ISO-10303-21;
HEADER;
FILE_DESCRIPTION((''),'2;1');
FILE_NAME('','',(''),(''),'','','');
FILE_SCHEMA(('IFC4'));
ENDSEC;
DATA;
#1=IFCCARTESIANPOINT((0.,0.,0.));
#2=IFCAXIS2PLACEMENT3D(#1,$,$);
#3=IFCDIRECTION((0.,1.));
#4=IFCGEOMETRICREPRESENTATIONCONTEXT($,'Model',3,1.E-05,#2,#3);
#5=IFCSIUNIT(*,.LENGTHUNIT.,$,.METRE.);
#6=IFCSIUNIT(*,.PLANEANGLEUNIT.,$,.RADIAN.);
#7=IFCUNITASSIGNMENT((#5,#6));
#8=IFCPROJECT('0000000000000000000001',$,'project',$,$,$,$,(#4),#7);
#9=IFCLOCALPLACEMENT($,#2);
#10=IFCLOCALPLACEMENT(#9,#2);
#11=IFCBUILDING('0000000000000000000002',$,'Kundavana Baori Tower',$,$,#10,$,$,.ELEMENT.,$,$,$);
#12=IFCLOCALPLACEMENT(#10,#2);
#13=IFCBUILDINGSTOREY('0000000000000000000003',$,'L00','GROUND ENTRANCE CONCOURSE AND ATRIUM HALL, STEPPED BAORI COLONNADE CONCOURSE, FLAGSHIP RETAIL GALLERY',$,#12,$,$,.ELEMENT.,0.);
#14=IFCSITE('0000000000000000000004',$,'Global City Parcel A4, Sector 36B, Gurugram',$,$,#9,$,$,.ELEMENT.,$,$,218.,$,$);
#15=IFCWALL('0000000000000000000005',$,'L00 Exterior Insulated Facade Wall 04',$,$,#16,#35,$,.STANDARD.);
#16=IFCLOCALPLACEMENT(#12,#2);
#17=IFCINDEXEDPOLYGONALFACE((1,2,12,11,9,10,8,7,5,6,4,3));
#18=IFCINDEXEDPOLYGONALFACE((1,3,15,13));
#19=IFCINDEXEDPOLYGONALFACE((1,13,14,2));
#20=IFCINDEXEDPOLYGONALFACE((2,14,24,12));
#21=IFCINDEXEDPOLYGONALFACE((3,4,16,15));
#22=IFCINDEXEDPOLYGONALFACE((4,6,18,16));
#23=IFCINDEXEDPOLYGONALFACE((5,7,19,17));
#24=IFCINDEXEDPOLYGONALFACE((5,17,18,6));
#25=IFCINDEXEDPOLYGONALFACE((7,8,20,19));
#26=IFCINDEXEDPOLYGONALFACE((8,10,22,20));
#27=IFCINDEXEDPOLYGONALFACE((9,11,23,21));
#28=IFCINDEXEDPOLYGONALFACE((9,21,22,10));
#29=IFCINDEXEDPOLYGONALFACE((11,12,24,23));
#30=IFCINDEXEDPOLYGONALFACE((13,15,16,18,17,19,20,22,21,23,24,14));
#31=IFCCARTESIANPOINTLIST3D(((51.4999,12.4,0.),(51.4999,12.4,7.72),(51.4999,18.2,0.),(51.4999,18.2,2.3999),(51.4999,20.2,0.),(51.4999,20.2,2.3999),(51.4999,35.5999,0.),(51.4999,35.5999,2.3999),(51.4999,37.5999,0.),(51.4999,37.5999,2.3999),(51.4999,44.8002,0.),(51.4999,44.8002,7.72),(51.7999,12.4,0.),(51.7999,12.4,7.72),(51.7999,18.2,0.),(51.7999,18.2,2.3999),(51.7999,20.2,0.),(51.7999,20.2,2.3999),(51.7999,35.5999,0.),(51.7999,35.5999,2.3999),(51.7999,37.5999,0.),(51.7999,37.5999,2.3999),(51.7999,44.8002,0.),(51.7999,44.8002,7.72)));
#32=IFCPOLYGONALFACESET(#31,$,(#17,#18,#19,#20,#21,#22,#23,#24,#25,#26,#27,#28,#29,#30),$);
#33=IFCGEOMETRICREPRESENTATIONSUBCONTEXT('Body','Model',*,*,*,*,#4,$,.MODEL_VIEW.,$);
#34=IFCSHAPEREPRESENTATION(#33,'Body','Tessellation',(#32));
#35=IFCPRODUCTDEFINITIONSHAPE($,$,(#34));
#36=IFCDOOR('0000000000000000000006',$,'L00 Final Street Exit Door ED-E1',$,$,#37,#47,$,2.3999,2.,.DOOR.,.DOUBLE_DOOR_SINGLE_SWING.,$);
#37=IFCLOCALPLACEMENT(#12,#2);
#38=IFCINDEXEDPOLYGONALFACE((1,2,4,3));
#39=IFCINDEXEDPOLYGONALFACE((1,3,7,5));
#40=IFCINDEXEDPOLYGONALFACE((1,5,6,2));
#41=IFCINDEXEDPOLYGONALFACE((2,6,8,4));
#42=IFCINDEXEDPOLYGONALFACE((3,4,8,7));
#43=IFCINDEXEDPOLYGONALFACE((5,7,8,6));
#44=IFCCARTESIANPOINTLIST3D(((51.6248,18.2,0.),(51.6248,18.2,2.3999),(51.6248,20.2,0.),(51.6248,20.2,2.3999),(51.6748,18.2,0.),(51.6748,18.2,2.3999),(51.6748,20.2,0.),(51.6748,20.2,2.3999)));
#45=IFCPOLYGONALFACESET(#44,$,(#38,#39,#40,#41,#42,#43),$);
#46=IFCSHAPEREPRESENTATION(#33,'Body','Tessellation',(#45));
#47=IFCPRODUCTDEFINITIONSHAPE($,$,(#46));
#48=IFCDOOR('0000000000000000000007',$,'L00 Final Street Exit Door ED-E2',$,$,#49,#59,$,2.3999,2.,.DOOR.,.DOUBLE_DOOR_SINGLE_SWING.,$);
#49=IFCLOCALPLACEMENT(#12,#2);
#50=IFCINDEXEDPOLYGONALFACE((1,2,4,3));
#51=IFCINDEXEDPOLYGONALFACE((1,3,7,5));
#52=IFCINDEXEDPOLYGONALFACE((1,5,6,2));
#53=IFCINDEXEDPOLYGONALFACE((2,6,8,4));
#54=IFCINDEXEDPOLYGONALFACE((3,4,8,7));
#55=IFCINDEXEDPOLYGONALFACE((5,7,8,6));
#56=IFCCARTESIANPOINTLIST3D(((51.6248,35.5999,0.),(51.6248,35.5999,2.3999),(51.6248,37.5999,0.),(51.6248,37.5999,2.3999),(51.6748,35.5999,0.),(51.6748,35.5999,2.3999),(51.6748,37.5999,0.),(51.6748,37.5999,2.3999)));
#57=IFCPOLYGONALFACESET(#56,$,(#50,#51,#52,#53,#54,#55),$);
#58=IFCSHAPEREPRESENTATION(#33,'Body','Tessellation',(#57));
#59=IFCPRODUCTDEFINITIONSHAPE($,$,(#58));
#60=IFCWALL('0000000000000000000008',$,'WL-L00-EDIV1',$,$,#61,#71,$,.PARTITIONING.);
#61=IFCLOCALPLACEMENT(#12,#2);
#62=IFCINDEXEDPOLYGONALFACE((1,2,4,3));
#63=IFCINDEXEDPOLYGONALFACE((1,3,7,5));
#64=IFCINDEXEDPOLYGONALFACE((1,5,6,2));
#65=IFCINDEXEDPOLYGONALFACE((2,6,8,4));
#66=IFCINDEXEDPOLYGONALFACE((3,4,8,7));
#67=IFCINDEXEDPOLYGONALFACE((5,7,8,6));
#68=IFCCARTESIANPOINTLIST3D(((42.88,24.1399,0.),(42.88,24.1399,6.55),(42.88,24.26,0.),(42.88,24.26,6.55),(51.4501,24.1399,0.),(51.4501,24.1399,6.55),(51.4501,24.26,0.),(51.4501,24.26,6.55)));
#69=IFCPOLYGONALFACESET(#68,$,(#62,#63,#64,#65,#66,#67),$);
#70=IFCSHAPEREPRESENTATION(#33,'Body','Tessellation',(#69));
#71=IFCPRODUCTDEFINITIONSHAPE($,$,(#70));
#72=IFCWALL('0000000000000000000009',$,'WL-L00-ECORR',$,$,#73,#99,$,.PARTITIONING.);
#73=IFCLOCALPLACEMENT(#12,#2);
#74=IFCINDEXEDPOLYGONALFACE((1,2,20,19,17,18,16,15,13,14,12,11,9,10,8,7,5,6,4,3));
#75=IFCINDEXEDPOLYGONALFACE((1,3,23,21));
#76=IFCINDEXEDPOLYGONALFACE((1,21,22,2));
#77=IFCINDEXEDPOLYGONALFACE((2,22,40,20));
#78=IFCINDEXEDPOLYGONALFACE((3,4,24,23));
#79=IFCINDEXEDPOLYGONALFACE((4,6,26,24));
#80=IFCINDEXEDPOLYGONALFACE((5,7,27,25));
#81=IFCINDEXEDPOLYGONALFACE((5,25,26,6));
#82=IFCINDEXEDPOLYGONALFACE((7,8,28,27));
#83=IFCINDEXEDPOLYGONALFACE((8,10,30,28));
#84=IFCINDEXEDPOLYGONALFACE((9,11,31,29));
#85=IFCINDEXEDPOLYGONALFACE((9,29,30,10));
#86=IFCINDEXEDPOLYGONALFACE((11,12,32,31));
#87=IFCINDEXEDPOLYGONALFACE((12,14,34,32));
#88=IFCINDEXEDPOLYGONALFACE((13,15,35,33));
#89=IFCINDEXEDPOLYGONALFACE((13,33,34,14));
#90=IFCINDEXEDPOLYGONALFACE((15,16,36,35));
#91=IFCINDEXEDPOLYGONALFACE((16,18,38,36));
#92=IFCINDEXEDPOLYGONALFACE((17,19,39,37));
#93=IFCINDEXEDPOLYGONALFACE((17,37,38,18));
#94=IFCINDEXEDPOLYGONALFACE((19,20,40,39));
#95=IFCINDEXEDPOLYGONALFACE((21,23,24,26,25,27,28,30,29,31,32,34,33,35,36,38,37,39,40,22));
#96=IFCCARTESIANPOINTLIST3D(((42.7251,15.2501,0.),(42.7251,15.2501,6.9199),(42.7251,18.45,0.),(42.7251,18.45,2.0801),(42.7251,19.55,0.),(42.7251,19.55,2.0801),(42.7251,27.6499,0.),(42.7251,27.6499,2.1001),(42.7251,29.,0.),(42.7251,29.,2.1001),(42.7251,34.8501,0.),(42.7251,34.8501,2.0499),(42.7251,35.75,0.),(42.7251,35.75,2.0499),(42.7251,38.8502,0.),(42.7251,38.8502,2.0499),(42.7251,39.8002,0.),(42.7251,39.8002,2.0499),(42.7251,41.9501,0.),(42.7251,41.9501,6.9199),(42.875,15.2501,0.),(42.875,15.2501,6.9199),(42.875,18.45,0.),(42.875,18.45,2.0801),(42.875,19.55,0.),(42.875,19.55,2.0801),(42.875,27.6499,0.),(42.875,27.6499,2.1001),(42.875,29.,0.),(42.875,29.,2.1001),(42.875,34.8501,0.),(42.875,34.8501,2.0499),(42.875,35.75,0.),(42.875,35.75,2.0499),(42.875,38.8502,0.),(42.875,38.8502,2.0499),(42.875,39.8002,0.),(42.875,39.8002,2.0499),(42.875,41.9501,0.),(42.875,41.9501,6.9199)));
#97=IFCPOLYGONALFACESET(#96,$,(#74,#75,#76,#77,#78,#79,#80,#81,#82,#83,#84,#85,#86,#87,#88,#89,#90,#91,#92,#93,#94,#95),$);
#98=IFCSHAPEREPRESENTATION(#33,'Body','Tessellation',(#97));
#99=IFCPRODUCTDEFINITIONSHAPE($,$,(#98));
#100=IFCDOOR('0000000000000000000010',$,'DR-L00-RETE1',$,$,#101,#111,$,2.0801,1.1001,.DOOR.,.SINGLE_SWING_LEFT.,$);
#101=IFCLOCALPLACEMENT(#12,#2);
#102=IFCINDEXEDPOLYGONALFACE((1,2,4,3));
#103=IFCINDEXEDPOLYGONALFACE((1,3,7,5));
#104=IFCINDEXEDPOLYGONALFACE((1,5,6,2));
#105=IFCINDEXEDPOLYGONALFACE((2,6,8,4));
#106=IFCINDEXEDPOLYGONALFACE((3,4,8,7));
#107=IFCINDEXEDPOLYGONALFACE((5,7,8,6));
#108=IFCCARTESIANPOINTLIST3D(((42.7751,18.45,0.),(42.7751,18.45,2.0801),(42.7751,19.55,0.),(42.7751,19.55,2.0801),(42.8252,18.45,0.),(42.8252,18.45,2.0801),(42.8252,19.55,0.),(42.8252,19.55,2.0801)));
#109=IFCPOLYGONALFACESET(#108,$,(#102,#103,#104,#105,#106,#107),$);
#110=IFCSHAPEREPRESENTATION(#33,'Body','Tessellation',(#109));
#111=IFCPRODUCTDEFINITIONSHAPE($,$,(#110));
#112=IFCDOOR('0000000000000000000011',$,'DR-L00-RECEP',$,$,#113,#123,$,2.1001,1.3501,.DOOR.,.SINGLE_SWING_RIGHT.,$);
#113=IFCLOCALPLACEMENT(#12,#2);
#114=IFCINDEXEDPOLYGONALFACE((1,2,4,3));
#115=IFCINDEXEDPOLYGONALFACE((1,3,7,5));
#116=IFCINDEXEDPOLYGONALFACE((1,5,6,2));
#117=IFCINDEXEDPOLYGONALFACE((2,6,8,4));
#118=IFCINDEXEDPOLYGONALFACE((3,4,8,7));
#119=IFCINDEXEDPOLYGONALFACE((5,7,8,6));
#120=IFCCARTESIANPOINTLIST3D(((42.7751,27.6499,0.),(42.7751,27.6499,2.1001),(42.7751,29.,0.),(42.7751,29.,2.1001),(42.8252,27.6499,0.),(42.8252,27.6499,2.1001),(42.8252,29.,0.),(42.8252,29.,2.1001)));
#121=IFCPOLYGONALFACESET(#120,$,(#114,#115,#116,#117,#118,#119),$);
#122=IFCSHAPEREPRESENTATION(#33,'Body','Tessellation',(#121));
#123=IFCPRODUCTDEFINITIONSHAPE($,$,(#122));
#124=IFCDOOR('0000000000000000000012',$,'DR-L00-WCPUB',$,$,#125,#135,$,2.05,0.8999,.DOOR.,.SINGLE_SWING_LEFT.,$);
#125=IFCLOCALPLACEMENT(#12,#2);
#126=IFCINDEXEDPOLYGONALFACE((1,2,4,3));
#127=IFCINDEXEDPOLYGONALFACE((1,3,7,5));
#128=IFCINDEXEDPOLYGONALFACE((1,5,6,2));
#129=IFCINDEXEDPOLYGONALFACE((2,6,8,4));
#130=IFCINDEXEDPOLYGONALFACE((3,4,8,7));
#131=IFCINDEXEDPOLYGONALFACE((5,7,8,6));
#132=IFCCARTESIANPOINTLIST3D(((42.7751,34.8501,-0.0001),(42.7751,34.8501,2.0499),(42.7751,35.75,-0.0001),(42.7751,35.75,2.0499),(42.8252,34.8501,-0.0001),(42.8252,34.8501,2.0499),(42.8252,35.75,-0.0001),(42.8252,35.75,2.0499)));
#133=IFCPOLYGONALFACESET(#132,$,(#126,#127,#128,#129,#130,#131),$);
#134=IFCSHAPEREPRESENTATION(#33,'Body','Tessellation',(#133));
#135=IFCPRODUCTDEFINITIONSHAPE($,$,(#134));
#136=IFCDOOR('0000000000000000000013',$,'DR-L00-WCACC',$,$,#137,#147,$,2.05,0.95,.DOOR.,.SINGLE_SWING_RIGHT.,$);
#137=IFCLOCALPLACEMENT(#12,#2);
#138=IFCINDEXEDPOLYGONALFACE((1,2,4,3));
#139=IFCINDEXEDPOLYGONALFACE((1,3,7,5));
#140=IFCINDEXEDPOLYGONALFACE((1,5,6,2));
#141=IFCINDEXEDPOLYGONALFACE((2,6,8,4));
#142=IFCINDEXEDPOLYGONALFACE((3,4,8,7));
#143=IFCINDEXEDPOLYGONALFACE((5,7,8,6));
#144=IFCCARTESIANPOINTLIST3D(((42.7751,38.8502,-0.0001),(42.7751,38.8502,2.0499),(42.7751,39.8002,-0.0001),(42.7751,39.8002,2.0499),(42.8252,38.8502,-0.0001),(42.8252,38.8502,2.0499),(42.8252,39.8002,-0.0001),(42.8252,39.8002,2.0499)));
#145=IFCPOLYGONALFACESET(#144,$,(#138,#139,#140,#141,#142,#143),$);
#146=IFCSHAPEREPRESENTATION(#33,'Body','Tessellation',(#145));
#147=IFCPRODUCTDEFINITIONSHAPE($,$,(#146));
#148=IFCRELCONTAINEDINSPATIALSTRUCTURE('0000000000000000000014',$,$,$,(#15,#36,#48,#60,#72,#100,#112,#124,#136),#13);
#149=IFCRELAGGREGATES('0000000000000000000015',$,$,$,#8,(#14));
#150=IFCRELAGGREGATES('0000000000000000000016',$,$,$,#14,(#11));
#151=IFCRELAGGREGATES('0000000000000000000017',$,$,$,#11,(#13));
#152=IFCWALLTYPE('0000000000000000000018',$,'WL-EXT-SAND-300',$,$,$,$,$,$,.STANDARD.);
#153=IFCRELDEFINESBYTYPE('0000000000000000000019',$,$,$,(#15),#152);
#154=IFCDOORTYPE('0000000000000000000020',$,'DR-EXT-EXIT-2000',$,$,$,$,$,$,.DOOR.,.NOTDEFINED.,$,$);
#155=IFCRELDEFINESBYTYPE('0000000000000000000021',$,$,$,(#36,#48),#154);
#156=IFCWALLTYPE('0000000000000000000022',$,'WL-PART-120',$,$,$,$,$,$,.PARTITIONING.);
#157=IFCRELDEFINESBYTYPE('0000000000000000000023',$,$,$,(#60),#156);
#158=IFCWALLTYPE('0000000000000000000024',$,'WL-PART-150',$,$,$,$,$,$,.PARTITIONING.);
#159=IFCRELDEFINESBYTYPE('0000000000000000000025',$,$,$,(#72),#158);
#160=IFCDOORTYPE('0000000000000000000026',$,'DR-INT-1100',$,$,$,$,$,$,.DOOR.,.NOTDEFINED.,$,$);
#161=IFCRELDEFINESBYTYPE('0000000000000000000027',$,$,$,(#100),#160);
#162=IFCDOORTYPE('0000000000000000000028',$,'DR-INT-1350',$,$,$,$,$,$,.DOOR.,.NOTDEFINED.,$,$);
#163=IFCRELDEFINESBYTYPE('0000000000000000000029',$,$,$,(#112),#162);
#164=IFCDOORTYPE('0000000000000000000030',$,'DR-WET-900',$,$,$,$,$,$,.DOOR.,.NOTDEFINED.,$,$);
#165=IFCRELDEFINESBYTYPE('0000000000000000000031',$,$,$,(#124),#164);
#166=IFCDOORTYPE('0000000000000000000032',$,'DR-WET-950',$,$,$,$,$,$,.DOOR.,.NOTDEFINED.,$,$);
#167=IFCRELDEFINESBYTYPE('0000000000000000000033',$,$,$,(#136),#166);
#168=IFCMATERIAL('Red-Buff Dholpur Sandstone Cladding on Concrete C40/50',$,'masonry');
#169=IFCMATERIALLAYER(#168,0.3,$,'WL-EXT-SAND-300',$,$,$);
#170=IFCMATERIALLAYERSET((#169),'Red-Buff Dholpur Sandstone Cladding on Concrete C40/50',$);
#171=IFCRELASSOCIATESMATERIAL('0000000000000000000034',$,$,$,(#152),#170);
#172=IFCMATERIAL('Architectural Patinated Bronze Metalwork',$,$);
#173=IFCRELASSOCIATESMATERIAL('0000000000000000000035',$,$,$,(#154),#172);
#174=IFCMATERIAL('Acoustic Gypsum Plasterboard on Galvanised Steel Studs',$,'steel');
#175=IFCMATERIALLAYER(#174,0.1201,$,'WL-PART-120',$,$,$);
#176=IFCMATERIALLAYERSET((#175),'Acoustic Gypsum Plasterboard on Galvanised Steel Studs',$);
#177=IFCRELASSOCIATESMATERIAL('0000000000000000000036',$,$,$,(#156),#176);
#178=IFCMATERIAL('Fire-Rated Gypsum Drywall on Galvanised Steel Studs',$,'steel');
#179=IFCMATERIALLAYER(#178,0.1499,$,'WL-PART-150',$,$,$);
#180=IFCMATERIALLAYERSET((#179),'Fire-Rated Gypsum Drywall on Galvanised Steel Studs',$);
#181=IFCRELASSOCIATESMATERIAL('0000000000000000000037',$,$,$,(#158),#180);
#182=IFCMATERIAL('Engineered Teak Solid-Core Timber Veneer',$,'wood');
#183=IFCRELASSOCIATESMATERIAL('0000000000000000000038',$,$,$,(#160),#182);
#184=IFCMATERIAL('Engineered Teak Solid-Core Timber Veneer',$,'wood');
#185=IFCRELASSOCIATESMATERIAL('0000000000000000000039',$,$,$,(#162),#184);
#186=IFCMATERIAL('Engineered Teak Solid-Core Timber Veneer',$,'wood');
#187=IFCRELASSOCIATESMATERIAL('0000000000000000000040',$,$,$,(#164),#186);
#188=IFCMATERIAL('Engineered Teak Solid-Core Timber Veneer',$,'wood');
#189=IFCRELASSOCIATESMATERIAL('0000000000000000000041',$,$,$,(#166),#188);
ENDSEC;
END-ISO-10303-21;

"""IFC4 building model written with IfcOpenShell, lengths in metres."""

from ifc_helpers import new_model, si_unit, direction, frame, frame_2d, origin, place, context, subcontext, project, spatial, rectangle, extrude, material, layer, layer_set, type_object, element, fill, save


model = new_model("IFC4")

# Units and contexts
model_context = context("Model", 3, precision=1e-05, world=origin(), true_north=direction((0.0, 1.0)))
body_context = subcontext(model_context, "Body", "Model", "MODEL_VIEW")
ifc_project = project(units=[si_unit("LENGTHUNIT", "METRE"), si_unit("PLANEANGLEUNIT", "RADIAN")], contexts=[model_context])

# Site, building, storey
site_placement = place(None, origin())
site = spatial("IfcSite", under=ifc_project, at=site_placement, Name="Global City Parcel A4, Sector 36B, Gurugram", CompositionType="ELEMENT", RefElevation=218.0)
building_placement = place(site_placement, origin())
building = spatial("IfcBuilding", under=site, at=building_placement, Name="Kundavana Baori Tower", CompositionType="ELEMENT")
storey_placement = place(building_placement, origin())
storey = spatial("IfcBuildingStorey", under=building, at=storey_placement, Name="L00", Description="GROUND ENTRANCE CONCOURSE AND ATRIUM HALL, STEPPED BAORI COLONNADE CONCOURSE, FLAGSHIP RETAIL GALLERY", CompositionType="ELEMENT", Elevation=0.0)

# Shared definitions
ifc_material_1 = material(Name="Red-Buff Dholpur Sandstone Cladding on Concrete C40/50", Category="masonry")
ifc_layer_1 = layer(ifc_material_1, 0.3, Name="WL-EXT-SAND-300")
ifc_layer_set_1 = layer_set([ifc_layer_1], Name="Red-Buff Dholpur Sandstone Cladding on Concrete C40/50")
wall_type_1 = type_object("IfcWallType", Name="WL-EXT-SAND-300", PredefinedType="STANDARD", material=ifc_layer_set_1)

# Wall, openings, doors
wall_1_placement = place(storey_placement, frame((51.6499, 12.3999, 0.0), z_axis=(0.0, 0.0, 1.0), x_axis=(0.0, 1.0, 0.0)))
wall_1 = element("IfcWall", 1, at=wall_1_placement, inside=storey, type_object=wall_type_1, Name="L00 Exterior Insulated Facade Wall 04", PredefinedType="STANDARD", context=body_context, shape_type="SweptSolid", body=[
    extrude(rectangle(XDim=32.4001, YDim=0.3, at=frame_2d((16.2002, 0.0))), origin(), (0.0, 0.0, 1.0), 7.72),
])
opening_1_placement = place(wall_1_placement, frame((5.8, 0.0, 0.0)))
opening_1 = element("IfcOpeningElement", 2, at=opening_1_placement, cuts=wall_1, PredefinedType="OPENING", context=body_context, shape_type="SweptSolid", body=[
    extrude(rectangle(XDim=2.0, YDim=2.3999, at=frame_2d((1.0, 1.2))), frame((0.0, 0.1602, 0.0), z_axis=(0.0, -1.0, 0.0), x_axis=(1.0, 0.0, 0.0)), (0.0, 0.0, 1.0), 0.3201),
])
opening_2_placement = place(wall_1_placement, frame((23.2, 0.0, 0.0)))
opening_2 = element("IfcOpeningElement", 3, at=opening_2_placement, cuts=wall_1, PredefinedType="OPENING", context=body_context, shape_type="SweptSolid", body=[
    extrude(rectangle(XDim=2.0, YDim=2.3999, at=frame_2d((1.0, 1.2))), frame((0.0, 0.1602, 0.0), z_axis=(0.0, -1.0, 0.0), x_axis=(1.0, 0.0, 0.0)), (0.0, 0.0, 1.0), 0.3201),
])
ifc_material_2 = material(Name="Architectural Patinated Bronze Metalwork")
door_type_1 = type_object("IfcDoorType", Name="DR-EXT-EXIT-2000", OperationType="NOTDEFINED", PredefinedType="DOOR", material=ifc_material_2)
door_1_placement = place(opening_1_placement, frame((2.0, 0.0, 0.0), z_axis=(0.0, 0.0, 1.0), x_axis=(-1.0, 0.0, 0.0)))
door_1 = element("IfcDoor", 4, at=door_1_placement, inside=storey, type_object=door_type_1, Name="L00 Final Street Exit Door ED-E1", OperationType="DOUBLE_DOOR_SINGLE_SWING", OverallHeight=2.3999, OverallWidth=2.0, PredefinedType="DOOR", context=body_context, shape_type="SweptSolid", body=[
    extrude(rectangle(XDim=2.0, YDim=2.3999, at=frame_2d((1.0, 1.2))), frame((0.0, 0.0249, 0.0), z_axis=(0.0, -1.0, 0.0), x_axis=(1.0, 0.0, 0.0)), (0.0, 0.0, 1.0), 0.05),
])
fill(opening_1, door_1)
door_2_placement = place(opening_2_placement, frame((2.0, 0.0, 0.0), z_axis=(0.0, 0.0, 1.0), x_axis=(-1.0, 0.0, 0.0)))
door_2 = element("IfcDoor", 5, at=door_2_placement, inside=storey, type_object=door_type_1, Name="L00 Final Street Exit Door ED-E2", OperationType="DOUBLE_DOOR_SINGLE_SWING", OverallHeight=2.3999, OverallWidth=2.0, PredefinedType="DOOR", context=body_context, shape_type="SweptSolid", body=[
    extrude(rectangle(XDim=2.0, YDim=2.3999, at=frame_2d((1.0, 1.2))), frame((0.0, 0.0249, 0.0), z_axis=(0.0, -1.0, 0.0), x_axis=(1.0, 0.0, 0.0)), (0.0, 0.0, 1.0), 0.05),
])
fill(opening_2, door_2)

# Wall
ifc_material_3 = material(Name="Acoustic Gypsum Plasterboard on Galvanised Steel Studs", Category="steel")
ifc_layer_2 = layer(ifc_material_3, 0.1201, Name="WL-PART-120")
ifc_layer_set_2 = layer_set([ifc_layer_2], Name="Acoustic Gypsum Plasterboard on Galvanised Steel Studs")
wall_type_2 = type_object("IfcWallType", Name="WL-PART-120", PredefinedType="PARTITIONING", material=ifc_layer_set_2)
wall_2_placement = place(storey_placement, frame((42.8799, 24.2, 0.0), z_axis=(0.0, 0.0, 1.0), x_axis=(1.0, 0.0, 0.0)))
element("IfcWall", 6, at=wall_2_placement, inside=storey, type_object=wall_type_2, Name="WL-L00-EDIV1", PredefinedType="PARTITIONING", context=body_context, shape_type="SweptSolid", body=[
    extrude(rectangle(XDim=8.5701, YDim=0.1201, at=frame_2d((4.2852, 0.0))), origin(), (0.0, 0.0, 1.0), 6.55),
])

# Wall, openings, doors
ifc_material_4 = material(Name="Fire-Rated Gypsum Drywall on Galvanised Steel Studs", Category="steel")
ifc_layer_3 = layer(ifc_material_4, 0.1499, Name="WL-PART-150")
ifc_layer_set_3 = layer_set([ifc_layer_3], Name="Fire-Rated Gypsum Drywall on Galvanised Steel Studs")
wall_type_3 = type_object("IfcWallType", Name="WL-PART-150", PredefinedType="PARTITIONING", material=ifc_layer_set_3)
wall_3_placement = place(storey_placement, frame((42.8, 15.25, 0.0), z_axis=(0.0, 0.0, 1.0), x_axis=(0.0, 1.0, 0.0)))
wall_3 = element("IfcWall", 7, at=wall_3_placement, inside=storey, type_object=wall_type_3, Name="WL-L00-ECORR", PredefinedType="PARTITIONING", context=body_context, shape_type="SweptSolid", body=[
    extrude(rectangle(XDim=26.7, YDim=0.1499, at=frame_2d((13.3501, 0.0))), origin(), (0.0, 0.0, 1.0), 6.9199),
])
opening_3_placement = place(wall_3_placement, frame((3.2, 0.0, 0.0)))
opening_3 = element("IfcOpeningElement", 8, at=opening_3_placement, cuts=wall_3, PredefinedType="OPENING", context=body_context, shape_type="SweptSolid", body=[
    extrude(rectangle(XDim=1.1001, YDim=2.0801, at=frame_2d((0.55, 1.04))), frame((0.0, 0.085, 0.0), z_axis=(0.0, -1.0, 0.0), x_axis=(1.0, 0.0, 0.0)), (0.0, 0.0, 1.0), 0.1699),
])
opening_4_placement = place(wall_3_placement, frame((12.3999, 0.0, 0.0)))
opening_4 = element("IfcOpeningElement", 9, at=opening_4_placement, cuts=wall_3, PredefinedType="OPENING", context=body_context, shape_type="SweptSolid", body=[
    extrude(rectangle(XDim=1.3501, YDim=2.1001, at=frame_2d((0.675, 1.05))), frame((0.0, 0.085, 0.0), z_axis=(0.0, -1.0, 0.0), x_axis=(1.0, 0.0, 0.0)), (0.0, 0.0, 1.0), 0.1699),
])
opening_5_placement = place(wall_3_placement, frame((19.6001, 0.0, 0.0)))
opening_5 = element("IfcOpeningElement", 10, at=opening_5_placement, cuts=wall_3, PredefinedType="OPENING", context=body_context, shape_type="SweptSolid", body=[
    extrude(rectangle(XDim=0.8999, YDim=2.05, at=frame_2d((0.45, 1.0249))), frame((0.0, 0.085, 0.0), z_axis=(0.0, -1.0, 0.0), x_axis=(1.0, 0.0, 0.0)), (0.0, 0.0, 1.0), 0.1699),
])
opening_6_placement = place(wall_3_placement, frame((23.6001, 0.0, 0.0)))
opening_6 = element("IfcOpeningElement", 11, at=opening_6_placement, cuts=wall_3, PredefinedType="OPENING", context=body_context, shape_type="SweptSolid", body=[
    extrude(rectangle(XDim=0.95, YDim=2.05, at=frame_2d((0.4751, 1.0249))), frame((0.0, 0.085, 0.0), z_axis=(0.0, -1.0, 0.0), x_axis=(1.0, 0.0, 0.0)), (0.0, 0.0, 1.0), 0.1699),
])
ifc_material_5 = material(Name="Engineered Teak Solid-Core Timber Veneer", Category="wood")
door_type_2 = type_object("IfcDoorType", Name="DR-INT-1100", OperationType="NOTDEFINED", PredefinedType="DOOR", material=ifc_material_5)
door_3_placement = place(opening_3_placement, origin())
door_3 = element("IfcDoor", 12, at=door_3_placement, inside=storey, type_object=door_type_2, Name="DR-L00-RETE1", OperationType="SINGLE_SWING_LEFT", OverallHeight=2.0801, OverallWidth=1.1001, PredefinedType="DOOR", context=body_context, shape_type="SweptSolid", body=[
    extrude(rectangle(XDim=1.1001, YDim=2.0801, at=frame_2d((0.55, 1.04))), frame((0.0, 0.0249, 0.0), z_axis=(0.0, -1.0, 0.0), x_axis=(1.0, 0.0, 0.0)), (0.0, 0.0, 1.0), 0.05),
])
fill(opening_3, door_3)
ifc_material_6 = material(Name="Engineered Teak Solid-Core Timber Veneer", Category="wood")
door_type_3 = type_object("IfcDoorType", Name="DR-INT-1350", OperationType="NOTDEFINED", PredefinedType="DOOR", material=ifc_material_6)
door_4_placement = place(opening_4_placement, origin())
door_4 = element("IfcDoor", 13, at=door_4_placement, inside=storey, type_object=door_type_3, Name="DR-L00-RECEP", OperationType="SINGLE_SWING_RIGHT", OverallHeight=2.1001, OverallWidth=1.3501, PredefinedType="DOOR", context=body_context, shape_type="SweptSolid", body=[
    extrude(rectangle(XDim=1.3501, YDim=2.1001, at=frame_2d((0.675, 1.05))), frame((0.0, 0.0249, 0.0), z_axis=(0.0, -1.0, 0.0), x_axis=(1.0, 0.0, 0.0)), (0.0, 0.0, 1.0), 0.05),
])
fill(opening_4, door_4)
ifc_material_7 = material(Name="Engineered Teak Solid-Core Timber Veneer", Category="wood")
door_type_4 = type_object("IfcDoorType", Name="DR-WET-900", OperationType="NOTDEFINED", PredefinedType="DOOR", material=ifc_material_7)
door_5_placement = place(opening_5_placement, origin())
door_5 = element("IfcDoor", 14, at=door_5_placement, inside=storey, type_object=door_type_4, Name="DR-L00-WCPUB", OperationType="SINGLE_SWING_LEFT", OverallHeight=2.05, OverallWidth=0.8999, PredefinedType="DOOR", context=body_context, shape_type="SweptSolid", body=[
    extrude(rectangle(XDim=0.8999, YDim=2.05, at=frame_2d((0.45, 1.0249))), frame((0.0, 0.0249, 0.0), z_axis=(0.0, -1.0, 0.0), x_axis=(1.0, 0.0, 0.0)), (0.0, 0.0, 1.0), 0.05),
])
fill(opening_5, door_5)
ifc_material_8 = material(Name="Engineered Teak Solid-Core Timber Veneer", Category="wood")
door_type_5 = type_object("IfcDoorType", Name="DR-WET-950", OperationType="NOTDEFINED", PredefinedType="DOOR", material=ifc_material_8)
door_6_placement = place(opening_6_placement, origin())
door_6 = element("IfcDoor", 15, at=door_6_placement, inside=storey, type_object=door_type_5, Name="DR-L00-WCACC", OperationType="SINGLE_SWING_RIGHT", OverallHeight=2.05, OverallWidth=0.95, PredefinedType="DOOR", context=body_context, shape_type="SweptSolid", body=[
    extrude(rectangle(XDim=0.95, YDim=2.05, at=frame_2d((0.4751, 1.0249))), frame((0.0, 0.0249, 0.0), z_axis=(0.0, -1.0, 0.0), x_axis=(1.0, 0.0, 0.0)), (0.0, 0.0, 1.0), 0.05),
])
fill(opening_6, door_6)

save(model, "model.ifc")
